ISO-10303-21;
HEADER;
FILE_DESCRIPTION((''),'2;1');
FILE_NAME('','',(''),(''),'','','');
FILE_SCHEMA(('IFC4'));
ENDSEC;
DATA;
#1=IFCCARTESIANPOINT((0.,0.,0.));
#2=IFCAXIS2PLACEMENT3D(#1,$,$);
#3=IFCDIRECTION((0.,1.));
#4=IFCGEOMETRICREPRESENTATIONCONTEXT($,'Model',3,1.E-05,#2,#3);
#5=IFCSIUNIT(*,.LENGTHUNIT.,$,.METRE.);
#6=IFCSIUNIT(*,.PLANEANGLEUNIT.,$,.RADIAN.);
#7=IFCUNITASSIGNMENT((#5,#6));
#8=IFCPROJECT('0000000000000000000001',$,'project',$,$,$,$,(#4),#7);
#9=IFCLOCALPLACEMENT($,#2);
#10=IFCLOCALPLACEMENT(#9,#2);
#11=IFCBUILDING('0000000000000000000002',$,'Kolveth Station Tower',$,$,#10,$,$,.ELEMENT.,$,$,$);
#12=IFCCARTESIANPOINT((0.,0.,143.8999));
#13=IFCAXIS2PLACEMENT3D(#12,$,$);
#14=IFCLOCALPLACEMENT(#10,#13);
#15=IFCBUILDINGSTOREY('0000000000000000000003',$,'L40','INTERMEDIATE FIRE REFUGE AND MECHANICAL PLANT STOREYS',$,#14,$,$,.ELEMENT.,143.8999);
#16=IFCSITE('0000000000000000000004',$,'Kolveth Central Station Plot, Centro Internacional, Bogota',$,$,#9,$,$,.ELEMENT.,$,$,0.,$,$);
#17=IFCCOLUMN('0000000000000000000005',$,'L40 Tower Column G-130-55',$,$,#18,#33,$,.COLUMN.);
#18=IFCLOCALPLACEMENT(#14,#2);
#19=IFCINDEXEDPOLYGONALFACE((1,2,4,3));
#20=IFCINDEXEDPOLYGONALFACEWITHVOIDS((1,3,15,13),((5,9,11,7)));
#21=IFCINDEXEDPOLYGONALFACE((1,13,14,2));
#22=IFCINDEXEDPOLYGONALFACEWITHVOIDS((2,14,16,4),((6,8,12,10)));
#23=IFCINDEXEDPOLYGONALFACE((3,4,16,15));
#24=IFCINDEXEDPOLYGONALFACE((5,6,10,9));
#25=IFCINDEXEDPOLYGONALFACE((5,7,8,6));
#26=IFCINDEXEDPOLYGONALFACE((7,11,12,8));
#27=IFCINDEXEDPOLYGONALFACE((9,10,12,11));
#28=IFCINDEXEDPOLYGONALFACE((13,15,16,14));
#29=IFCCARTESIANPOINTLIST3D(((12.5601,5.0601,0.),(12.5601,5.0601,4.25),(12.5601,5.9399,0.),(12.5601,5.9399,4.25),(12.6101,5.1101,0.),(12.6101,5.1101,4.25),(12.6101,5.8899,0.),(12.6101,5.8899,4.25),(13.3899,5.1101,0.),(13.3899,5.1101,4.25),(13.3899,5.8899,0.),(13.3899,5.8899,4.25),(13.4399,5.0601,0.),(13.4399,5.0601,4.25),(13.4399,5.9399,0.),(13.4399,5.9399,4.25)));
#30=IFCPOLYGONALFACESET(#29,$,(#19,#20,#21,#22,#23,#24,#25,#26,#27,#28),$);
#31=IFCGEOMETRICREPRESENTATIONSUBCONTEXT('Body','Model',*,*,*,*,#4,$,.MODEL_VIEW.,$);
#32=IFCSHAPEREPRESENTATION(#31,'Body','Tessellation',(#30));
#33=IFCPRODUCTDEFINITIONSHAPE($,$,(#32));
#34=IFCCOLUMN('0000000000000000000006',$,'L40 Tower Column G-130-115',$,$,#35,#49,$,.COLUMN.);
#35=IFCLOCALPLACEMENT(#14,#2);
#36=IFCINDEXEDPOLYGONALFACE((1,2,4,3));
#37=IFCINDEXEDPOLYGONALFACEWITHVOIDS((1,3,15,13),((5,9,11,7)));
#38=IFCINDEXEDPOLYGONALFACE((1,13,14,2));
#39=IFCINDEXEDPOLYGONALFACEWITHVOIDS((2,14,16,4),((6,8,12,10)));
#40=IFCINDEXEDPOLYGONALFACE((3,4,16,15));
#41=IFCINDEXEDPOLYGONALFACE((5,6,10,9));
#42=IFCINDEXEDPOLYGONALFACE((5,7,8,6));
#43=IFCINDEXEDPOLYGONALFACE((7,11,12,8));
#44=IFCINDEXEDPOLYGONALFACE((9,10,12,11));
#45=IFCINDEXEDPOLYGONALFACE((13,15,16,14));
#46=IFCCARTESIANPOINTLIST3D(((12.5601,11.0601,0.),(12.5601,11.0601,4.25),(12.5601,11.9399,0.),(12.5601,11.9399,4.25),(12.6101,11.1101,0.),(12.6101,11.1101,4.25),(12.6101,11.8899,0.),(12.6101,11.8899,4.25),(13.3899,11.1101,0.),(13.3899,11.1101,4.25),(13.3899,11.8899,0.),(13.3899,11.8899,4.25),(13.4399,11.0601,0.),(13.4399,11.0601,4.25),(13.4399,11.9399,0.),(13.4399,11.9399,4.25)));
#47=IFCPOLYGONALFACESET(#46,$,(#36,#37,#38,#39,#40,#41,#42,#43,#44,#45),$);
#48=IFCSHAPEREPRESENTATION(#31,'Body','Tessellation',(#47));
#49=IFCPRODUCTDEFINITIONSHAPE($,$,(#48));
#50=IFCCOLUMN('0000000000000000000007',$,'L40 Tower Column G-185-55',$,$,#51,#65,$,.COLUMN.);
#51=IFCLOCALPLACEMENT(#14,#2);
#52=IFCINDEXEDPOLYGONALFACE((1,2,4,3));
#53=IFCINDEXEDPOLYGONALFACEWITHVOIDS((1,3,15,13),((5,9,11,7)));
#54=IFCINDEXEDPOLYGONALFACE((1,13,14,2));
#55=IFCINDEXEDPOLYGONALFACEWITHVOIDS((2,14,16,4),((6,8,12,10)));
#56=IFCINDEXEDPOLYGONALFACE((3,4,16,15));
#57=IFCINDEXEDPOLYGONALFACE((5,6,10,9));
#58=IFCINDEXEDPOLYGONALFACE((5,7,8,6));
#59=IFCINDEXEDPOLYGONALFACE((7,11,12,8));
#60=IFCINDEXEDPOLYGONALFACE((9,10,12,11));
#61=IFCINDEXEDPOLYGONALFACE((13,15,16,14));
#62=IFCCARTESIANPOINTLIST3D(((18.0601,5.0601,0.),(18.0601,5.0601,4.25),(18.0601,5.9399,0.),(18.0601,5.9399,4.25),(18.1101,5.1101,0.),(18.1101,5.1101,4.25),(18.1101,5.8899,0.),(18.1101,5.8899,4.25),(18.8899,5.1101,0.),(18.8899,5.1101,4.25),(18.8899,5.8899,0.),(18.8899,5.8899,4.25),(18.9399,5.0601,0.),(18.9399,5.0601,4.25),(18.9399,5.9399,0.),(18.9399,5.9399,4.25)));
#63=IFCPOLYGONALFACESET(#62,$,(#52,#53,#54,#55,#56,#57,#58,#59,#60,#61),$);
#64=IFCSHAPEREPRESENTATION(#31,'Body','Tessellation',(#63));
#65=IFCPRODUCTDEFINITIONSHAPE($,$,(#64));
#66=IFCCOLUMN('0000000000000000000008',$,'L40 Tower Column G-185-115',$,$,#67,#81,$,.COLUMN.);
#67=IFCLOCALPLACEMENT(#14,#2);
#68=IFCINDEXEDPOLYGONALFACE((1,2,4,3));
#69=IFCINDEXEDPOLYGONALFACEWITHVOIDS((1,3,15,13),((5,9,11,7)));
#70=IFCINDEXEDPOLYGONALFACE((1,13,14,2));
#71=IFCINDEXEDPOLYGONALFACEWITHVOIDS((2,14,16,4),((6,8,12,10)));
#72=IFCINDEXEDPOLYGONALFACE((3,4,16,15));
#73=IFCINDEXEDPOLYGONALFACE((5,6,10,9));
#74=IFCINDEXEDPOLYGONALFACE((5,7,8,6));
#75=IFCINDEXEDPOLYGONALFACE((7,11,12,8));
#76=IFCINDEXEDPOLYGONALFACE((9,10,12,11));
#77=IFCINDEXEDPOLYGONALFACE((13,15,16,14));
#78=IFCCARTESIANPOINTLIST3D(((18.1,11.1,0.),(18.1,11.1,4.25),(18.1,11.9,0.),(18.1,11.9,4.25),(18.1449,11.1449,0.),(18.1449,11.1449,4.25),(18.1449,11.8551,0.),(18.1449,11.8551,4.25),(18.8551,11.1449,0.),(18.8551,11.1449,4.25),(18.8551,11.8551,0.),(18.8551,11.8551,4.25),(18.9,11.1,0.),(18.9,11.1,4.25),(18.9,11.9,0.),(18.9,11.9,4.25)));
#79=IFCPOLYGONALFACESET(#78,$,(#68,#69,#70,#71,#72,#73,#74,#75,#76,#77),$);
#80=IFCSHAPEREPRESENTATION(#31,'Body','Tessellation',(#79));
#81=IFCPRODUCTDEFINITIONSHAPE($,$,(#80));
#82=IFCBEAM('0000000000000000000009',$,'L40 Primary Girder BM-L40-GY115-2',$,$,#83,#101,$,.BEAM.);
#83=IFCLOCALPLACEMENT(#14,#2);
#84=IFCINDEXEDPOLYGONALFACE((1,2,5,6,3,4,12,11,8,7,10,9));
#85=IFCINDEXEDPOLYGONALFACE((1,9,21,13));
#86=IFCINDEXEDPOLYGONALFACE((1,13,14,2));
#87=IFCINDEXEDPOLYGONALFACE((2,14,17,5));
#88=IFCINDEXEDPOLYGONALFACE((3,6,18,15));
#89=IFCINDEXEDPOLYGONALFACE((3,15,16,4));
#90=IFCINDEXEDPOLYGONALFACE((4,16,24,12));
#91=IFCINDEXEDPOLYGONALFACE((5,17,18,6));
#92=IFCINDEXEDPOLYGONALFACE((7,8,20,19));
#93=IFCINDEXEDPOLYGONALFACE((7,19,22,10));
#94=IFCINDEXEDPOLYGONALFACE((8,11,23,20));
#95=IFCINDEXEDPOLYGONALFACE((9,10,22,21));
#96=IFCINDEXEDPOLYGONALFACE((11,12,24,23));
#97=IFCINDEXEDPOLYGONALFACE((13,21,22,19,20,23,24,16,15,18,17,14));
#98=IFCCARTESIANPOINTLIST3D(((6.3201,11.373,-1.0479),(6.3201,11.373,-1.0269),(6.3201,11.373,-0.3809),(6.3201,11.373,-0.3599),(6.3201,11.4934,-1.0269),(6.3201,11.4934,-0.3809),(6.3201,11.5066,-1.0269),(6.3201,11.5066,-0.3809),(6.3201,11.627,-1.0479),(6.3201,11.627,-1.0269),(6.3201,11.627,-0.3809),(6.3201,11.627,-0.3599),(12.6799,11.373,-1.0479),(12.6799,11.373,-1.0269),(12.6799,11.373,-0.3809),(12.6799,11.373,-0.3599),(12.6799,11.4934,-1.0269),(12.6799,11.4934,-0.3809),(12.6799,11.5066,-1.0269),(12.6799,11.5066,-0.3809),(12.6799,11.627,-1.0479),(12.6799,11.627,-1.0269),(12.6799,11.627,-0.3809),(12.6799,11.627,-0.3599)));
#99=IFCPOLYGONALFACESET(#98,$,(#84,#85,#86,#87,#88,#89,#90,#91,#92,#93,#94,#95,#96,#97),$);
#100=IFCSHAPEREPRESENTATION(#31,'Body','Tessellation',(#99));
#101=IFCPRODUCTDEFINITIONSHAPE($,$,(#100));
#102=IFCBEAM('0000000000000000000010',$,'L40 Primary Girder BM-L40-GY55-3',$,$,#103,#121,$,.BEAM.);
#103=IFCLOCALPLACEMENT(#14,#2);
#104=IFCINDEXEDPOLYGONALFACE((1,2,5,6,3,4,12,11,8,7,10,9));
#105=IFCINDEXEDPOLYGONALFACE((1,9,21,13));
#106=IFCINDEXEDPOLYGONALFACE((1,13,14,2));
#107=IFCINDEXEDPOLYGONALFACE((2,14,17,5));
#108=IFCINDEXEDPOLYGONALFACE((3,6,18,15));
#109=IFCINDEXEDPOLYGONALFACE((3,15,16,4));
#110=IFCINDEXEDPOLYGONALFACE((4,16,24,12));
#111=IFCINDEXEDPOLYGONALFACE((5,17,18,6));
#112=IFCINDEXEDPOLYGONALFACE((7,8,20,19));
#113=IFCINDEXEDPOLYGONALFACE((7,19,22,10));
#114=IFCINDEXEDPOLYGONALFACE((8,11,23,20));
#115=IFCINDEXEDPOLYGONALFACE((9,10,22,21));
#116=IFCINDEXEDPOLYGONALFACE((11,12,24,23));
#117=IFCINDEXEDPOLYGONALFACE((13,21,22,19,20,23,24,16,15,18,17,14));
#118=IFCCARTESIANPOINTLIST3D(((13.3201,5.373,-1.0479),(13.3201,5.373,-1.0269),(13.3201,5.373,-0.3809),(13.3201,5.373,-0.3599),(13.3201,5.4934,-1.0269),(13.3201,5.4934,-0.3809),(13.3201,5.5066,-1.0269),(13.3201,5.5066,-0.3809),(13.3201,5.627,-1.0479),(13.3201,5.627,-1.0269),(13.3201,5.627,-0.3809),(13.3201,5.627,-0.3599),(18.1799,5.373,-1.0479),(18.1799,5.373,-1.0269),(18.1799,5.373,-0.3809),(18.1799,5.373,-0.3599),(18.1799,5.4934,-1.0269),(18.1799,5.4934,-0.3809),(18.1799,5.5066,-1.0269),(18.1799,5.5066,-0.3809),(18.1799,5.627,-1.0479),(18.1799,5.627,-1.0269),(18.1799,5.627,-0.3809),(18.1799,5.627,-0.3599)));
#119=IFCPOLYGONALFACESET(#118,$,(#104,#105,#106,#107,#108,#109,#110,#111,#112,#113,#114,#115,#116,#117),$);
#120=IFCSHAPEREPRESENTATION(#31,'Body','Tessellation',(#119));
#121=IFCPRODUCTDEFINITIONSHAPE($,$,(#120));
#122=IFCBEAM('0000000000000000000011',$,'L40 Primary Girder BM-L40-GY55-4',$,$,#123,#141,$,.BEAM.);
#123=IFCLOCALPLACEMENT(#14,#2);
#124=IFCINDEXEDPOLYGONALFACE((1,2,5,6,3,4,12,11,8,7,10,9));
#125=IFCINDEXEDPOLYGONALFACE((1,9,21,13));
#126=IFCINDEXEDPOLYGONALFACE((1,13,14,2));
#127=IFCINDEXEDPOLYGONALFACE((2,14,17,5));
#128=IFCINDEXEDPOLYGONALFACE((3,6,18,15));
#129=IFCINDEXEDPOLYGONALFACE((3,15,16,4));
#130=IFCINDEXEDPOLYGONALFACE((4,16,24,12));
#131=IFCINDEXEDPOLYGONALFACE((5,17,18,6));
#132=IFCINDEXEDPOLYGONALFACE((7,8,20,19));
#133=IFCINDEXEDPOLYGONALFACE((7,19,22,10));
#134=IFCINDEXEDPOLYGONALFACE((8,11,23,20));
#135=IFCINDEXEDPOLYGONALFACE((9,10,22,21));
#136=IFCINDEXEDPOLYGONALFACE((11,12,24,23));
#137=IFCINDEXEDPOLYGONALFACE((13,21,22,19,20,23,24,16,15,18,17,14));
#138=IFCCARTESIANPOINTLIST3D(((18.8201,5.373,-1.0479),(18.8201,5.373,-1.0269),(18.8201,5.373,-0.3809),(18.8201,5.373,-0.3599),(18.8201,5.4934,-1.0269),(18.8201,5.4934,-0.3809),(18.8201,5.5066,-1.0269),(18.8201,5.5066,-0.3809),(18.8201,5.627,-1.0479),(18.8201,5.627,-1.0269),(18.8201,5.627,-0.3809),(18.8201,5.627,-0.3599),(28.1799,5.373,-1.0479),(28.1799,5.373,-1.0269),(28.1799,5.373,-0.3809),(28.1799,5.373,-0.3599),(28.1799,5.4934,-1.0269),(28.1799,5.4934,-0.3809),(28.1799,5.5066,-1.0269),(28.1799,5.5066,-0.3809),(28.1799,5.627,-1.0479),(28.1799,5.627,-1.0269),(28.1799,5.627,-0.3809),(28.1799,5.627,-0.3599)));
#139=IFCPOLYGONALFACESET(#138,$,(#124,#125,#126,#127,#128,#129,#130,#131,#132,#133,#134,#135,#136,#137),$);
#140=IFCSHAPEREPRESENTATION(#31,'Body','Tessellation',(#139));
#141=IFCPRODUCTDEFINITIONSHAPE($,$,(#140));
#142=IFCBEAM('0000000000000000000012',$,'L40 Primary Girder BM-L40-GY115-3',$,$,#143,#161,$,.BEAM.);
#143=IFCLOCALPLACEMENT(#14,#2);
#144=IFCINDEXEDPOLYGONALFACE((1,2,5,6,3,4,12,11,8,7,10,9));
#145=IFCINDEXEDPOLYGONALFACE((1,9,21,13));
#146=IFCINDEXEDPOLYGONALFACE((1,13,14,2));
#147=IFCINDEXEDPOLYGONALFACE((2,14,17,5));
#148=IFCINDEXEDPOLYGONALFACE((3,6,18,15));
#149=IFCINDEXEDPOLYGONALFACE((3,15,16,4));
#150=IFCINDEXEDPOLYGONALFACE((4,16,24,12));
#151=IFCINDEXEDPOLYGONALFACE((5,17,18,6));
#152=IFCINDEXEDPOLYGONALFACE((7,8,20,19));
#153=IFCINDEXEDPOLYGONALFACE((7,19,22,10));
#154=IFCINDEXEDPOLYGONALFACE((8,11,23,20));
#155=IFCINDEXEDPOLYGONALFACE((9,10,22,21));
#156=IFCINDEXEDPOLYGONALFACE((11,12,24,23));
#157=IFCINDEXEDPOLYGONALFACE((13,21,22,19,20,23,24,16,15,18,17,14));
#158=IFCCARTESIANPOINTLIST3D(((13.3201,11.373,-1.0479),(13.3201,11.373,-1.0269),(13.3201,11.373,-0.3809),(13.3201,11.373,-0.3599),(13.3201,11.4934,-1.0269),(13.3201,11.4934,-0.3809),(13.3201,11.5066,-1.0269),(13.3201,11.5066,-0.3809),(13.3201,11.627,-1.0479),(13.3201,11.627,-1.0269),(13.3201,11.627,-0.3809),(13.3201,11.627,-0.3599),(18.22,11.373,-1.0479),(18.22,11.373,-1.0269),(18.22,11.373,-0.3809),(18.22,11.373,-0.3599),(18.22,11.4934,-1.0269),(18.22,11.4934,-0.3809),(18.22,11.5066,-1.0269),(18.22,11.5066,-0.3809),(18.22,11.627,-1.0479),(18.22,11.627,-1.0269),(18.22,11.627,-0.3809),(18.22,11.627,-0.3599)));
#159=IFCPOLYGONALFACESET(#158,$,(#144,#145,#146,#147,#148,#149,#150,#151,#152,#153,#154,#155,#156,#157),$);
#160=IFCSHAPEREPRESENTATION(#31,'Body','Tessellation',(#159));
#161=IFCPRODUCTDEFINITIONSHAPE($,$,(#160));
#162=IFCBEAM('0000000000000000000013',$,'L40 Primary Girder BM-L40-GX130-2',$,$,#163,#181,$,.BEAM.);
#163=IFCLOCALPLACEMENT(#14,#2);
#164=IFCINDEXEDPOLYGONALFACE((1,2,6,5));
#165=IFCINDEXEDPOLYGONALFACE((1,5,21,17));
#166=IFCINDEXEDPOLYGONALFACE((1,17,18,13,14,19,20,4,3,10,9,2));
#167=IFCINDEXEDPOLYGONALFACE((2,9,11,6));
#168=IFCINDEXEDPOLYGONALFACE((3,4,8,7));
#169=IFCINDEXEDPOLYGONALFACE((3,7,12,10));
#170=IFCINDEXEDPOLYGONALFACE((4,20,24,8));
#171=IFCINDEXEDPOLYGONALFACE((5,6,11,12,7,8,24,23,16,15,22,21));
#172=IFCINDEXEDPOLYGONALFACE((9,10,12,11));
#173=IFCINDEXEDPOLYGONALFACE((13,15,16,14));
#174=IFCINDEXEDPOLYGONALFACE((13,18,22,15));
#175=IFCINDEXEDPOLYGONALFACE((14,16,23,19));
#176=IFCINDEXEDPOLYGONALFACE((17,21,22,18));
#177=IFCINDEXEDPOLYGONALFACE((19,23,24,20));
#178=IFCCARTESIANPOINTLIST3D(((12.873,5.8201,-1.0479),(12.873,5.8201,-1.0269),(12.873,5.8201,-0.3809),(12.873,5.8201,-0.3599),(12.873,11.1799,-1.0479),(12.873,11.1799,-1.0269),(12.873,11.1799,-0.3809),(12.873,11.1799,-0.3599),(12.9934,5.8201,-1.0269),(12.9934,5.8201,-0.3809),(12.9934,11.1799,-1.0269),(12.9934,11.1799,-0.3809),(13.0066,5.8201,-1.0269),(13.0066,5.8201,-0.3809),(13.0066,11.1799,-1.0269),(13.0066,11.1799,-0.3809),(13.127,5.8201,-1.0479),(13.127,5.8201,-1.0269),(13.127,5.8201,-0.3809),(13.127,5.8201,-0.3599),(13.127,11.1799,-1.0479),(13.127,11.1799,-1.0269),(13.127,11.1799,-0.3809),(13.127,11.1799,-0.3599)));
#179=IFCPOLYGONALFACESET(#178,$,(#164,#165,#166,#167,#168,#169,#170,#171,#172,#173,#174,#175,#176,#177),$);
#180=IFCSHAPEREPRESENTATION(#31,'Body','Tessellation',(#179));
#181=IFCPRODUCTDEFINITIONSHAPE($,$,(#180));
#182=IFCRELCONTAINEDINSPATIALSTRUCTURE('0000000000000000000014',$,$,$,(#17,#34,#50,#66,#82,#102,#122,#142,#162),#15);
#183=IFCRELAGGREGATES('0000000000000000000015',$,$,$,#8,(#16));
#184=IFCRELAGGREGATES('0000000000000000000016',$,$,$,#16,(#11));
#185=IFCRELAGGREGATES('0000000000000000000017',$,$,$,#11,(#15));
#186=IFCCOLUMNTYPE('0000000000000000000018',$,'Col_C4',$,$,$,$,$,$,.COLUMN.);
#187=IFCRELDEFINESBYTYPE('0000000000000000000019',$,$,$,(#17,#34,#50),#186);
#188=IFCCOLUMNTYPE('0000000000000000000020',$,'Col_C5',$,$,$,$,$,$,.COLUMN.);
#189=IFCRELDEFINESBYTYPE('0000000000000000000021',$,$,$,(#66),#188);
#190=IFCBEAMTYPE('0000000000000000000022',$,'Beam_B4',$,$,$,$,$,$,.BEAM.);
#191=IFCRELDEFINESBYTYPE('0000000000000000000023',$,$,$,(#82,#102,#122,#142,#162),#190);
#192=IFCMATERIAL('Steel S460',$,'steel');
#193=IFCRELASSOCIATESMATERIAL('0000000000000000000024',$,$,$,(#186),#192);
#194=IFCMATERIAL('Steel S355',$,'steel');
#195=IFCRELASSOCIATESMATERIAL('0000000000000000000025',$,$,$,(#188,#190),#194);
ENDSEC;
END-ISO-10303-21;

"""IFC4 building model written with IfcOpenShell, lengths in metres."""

from ifc_helpers import new_model, si_unit, direction, frame, origin, origin_2d, place, context, subcontext, project, spatial, hollow_rectangle, i_section, extrude, source, transform, mapped, material, material_profile, profile_set, type_object, element, save


model = new_model("IFC4")

# Units and contexts
model_context = context("Model", 3, precision=1e-05, world=origin(), true_north=direction((0.0, 1.0)))
body_context = subcontext(model_context, "Body", "Model", "MODEL_VIEW")
ifc_project = project(units=[si_unit("LENGTHUNIT", "METRE"), si_unit("PLANEANGLEUNIT", "RADIAN")], contexts=[model_context])

# Site, building, storey
site_placement = place(None, origin())
site = spatial("IfcSite", under=ifc_project, at=site_placement, Name="Kolveth Central Station Plot, Centro Internacional, Bogota", CompositionType="ELEMENT", RefElevation=0.0)
building_placement = place(site_placement, origin())
building = spatial("IfcBuilding", under=site, at=building_placement, Name="Kolveth Station Tower", CompositionType="ELEMENT")
storey_placement = place(building_placement, frame((0.0, 0.0, 143.8999)))
storey = spatial("IfcBuildingStorey", under=building, at=storey_placement, Name="L40", Description="INTERMEDIATE FIRE REFUGE AND MECHANICAL PLANT STOREYS", CompositionType="ELEMENT", Elevation=143.8999)

# Columns
ifc_material_1 = material(Name="Steel S460", Category="steel")
ifc_material_profile_1 = material_profile(ifc_material_1, hollow_rectangle(XDim=0.8799, YDim=0.8799, WallThickness=0.05, at=origin_2d()), Name="BOX880x880x50")
ifc_profile_set_1 = profile_set([ifc_material_profile_1], Name="Steel S460")
column_type_1 = type_object("IfcColumnType", Name="Col_C4", PredefinedType="COLUMN", material=ifc_profile_set_1)
shared_shape_1 = source(origin(), body_context, "Body", "SweptSolid", [
    extrude(hollow_rectangle(XDim=0.8799, YDim=0.8799, WallThickness=0.05, at=origin_2d()), origin(), (0.0, 0.0, 1.0), 4.25),
])
for number, where, z_axis, x_axis, name in (
    (1, (13.0, 5.5, 0.0), (0.0, 0.0, 1.0), (1.0, 0.0, 0.0), "L40 Tower Column G-130-55"),
    (2, (13.0, 11.5, 0.0), (0.0, 0.0, 1.0), (1.0, 0.0, 0.0), "L40 Tower Column G-130-115"),
    (3, (18.5, 5.5, 0.0), (0.0, 0.0, 1.0), (1.0, 0.0, 0.0), "L40 Tower Column G-185-55"),
):
    element("IfcColumn", number, at=place(storey_placement, frame(where, z_axis=z_axis, x_axis=x_axis)), inside=storey, type_object=column_type_1, Name=name, PredefinedType="COLUMN", context=body_context, shape_type="MappedRepresentation", body=[
        mapped(shared_shape_1, transform((0.0, 0.0, 0.0), x_axis=(1.0, 0.0, 0.0), y_axis=(0.0, 1.0, 0.0), z_axis=(0.0, 0.0, 1.0), scale=1.0)),
    ])
ifc_material_2 = material(Name="Steel S355", Category="steel")
ifc_material_profile_2 = material_profile(ifc_material_2, hollow_rectangle(XDim=0.8, YDim=0.8, WallThickness=0.0449, at=origin_2d()), Name="BOX800x800x45")
ifc_profile_set_2 = profile_set([ifc_material_profile_2], Name="Steel S355")
column_type_2 = type_object("IfcColumnType", Name="Col_C5", PredefinedType="COLUMN", material=ifc_profile_set_2)
shared_shape_2 = source(origin(), body_context, "Body", "SweptSolid", [
    extrude(hollow_rectangle(XDim=0.8, YDim=0.8, WallThickness=0.0449, at=origin_2d()), origin(), (0.0, 0.0, 1.0), 4.25),
])
column_placement = place(storey_placement, frame((18.5, 11.5, 0.0), z_axis=(0.0, 0.0, 1.0), x_axis=(1.0, 0.0, 0.0)))
element("IfcColumn", 4, at=column_placement, inside=storey, type_object=column_type_2, Name="L40 Tower Column G-185-115", PredefinedType="COLUMN", context=body_context, shape_type="MappedRepresentation", body=[
    mapped(shared_shape_2, transform((0.0, 0.0, 0.0), x_axis=(1.0, 0.0, 0.0), y_axis=(0.0, 1.0, 0.0), z_axis=(0.0, 0.0, 1.0), scale=1.0)),
])

# Beams
ifc_material_profile_3 = material_profile(ifc_material_2, i_section(OverallWidth=0.2539, OverallDepth=0.688, WebThickness=0.0132, FlangeThickness=0.021, at=origin_2d()), Name="W690x152")
ifc_profile_set_3 = profile_set([ifc_material_profile_3], Name="Steel S355")
beam_type_1 = type_object("IfcBeamType", Name="Beam_B4", PredefinedType="BEAM", material=ifc_profile_set_3)
shared_shape_3 = source(origin(), body_context, "Body", "SweptSolid", [
    extrude(i_section(OverallWidth=0.2539, OverallDepth=0.688, WebThickness=0.0132, FlangeThickness=0.021, at=origin_2d()), origin(), (0.0, 0.0, 1.0), 6.3599),
])
beam_1_placement = place(storey_placement, frame((6.3201, 11.5, -0.7039), z_axis=(1.0, 0.0, 0.0), x_axis=(0.0, 1.0, 0.0)))
element("IfcBeam", 5, at=beam_1_placement, inside=storey, type_object=beam_type_1, Name="L40 Primary Girder BM-L40-GY115-2", PredefinedType="BEAM", context=body_context, shape_type="MappedRepresentation", body=[
    mapped(shared_shape_3, transform((0.0, 0.0, 0.0), x_axis=(1.0, 0.0, 0.0), y_axis=(0.0, 1.0, 0.0), z_axis=(0.0, 0.0, 1.0), scale=1.0)),
])
shared_shape_4 = source(origin(), body_context, "Body", "SweptSolid", [
    extrude(i_section(OverallWidth=0.2539, OverallDepth=0.688, WebThickness=0.0132, FlangeThickness=0.021, at=origin_2d()), origin(), (0.0, 0.0, 1.0), 4.8599),
])
beam_2_placement = place(storey_placement, frame((13.3201, 5.5, -0.7039), z_axis=(1.0, 0.0, 0.0), x_axis=(0.0, 1.0, 0.0)))
element("IfcBeam", 6, at=beam_2_placement, inside=storey, type_object=beam_type_1, Name="L40 Primary Girder BM-L40-GY55-3", PredefinedType="BEAM", context=body_context, shape_type="MappedRepresentation", body=[
    mapped(shared_shape_4, transform((0.0, 0.0, 0.0), x_axis=(1.0, 0.0, 0.0), y_axis=(0.0, 1.0, 0.0), z_axis=(0.0, 0.0, 1.0), scale=1.0)),
])
shared_shape_5 = source(origin(), body_context, "Body", "SweptSolid", [
    extrude(i_section(OverallWidth=0.2539, OverallDepth=0.688, WebThickness=0.0132, FlangeThickness=0.021, at=origin_2d()), origin(), (0.0, 0.0, 1.0), 9.3599),
])
beam_3_placement = place(storey_placement, frame((18.8201, 5.5, -0.7039), z_axis=(1.0, 0.0, 0.0), x_axis=(0.0, 1.0, 0.0)))
element("IfcBeam", 7, at=beam_3_placement, inside=storey, type_object=beam_type_1, Name="L40 Primary Girder BM-L40-GY55-4", PredefinedType="BEAM", context=body_context, shape_type="MappedRepresentation", body=[
    mapped(shared_shape_5, transform((0.0, 0.0, 0.0), x_axis=(1.0, 0.0, 0.0), y_axis=(0.0, 1.0, 0.0), z_axis=(0.0, 0.0, 1.0), scale=1.0)),
])
shared_shape_6 = source(origin(), body_context, "Body", "SweptSolid", [
    extrude(i_section(OverallWidth=0.2539, OverallDepth=0.688, WebThickness=0.0132, FlangeThickness=0.021, at=origin_2d()), origin(), (0.0, 0.0, 1.0), 4.8999),
])
beam_4_placement = place(storey_placement, frame((13.3201, 11.5, -0.7039), z_axis=(1.0, 0.0, 0.0), x_axis=(0.0, 1.0, 0.0)))
element("IfcBeam", 8, at=beam_4_placement, inside=storey, type_object=beam_type_1, Name="L40 Primary Girder BM-L40-GY115-3", PredefinedType="BEAM", context=body_context, shape_type="MappedRepresentation", body=[
    mapped(shared_shape_6, transform((0.0, 0.0, 0.0), x_axis=(1.0, 0.0, 0.0), y_axis=(0.0, 1.0, 0.0), z_axis=(0.0, 0.0, 1.0), scale=1.0)),
])
shared_shape_7 = source(origin(), body_context, "Body", "SweptSolid", [
    extrude(i_section(OverallWidth=0.2539, OverallDepth=0.688, WebThickness=0.0132, FlangeThickness=0.021, at=origin_2d()), origin(), (0.0, 0.0, 1.0), 5.3599),
])
beam_5_placement = place(storey_placement, frame((13.0, 5.8201, -0.7039), z_axis=(0.0, 1.0, 0.0), x_axis=(-1.0, 0.0, 0.0)))
element("IfcBeam", 9, at=beam_5_placement, inside=storey, type_object=beam_type_1, Name="L40 Primary Girder BM-L40-GX130-2", PredefinedType="BEAM", context=body_context, shape_type="MappedRepresentation", body=[
    mapped(shared_shape_7, transform((0.0, 0.0, 0.0), x_axis=(1.0, 0.0, 0.0), y_axis=(0.0, 1.0, 0.0), z_axis=(0.0, 0.0, 1.0), scale=1.0)),
])

save(model, "model.ifc")
